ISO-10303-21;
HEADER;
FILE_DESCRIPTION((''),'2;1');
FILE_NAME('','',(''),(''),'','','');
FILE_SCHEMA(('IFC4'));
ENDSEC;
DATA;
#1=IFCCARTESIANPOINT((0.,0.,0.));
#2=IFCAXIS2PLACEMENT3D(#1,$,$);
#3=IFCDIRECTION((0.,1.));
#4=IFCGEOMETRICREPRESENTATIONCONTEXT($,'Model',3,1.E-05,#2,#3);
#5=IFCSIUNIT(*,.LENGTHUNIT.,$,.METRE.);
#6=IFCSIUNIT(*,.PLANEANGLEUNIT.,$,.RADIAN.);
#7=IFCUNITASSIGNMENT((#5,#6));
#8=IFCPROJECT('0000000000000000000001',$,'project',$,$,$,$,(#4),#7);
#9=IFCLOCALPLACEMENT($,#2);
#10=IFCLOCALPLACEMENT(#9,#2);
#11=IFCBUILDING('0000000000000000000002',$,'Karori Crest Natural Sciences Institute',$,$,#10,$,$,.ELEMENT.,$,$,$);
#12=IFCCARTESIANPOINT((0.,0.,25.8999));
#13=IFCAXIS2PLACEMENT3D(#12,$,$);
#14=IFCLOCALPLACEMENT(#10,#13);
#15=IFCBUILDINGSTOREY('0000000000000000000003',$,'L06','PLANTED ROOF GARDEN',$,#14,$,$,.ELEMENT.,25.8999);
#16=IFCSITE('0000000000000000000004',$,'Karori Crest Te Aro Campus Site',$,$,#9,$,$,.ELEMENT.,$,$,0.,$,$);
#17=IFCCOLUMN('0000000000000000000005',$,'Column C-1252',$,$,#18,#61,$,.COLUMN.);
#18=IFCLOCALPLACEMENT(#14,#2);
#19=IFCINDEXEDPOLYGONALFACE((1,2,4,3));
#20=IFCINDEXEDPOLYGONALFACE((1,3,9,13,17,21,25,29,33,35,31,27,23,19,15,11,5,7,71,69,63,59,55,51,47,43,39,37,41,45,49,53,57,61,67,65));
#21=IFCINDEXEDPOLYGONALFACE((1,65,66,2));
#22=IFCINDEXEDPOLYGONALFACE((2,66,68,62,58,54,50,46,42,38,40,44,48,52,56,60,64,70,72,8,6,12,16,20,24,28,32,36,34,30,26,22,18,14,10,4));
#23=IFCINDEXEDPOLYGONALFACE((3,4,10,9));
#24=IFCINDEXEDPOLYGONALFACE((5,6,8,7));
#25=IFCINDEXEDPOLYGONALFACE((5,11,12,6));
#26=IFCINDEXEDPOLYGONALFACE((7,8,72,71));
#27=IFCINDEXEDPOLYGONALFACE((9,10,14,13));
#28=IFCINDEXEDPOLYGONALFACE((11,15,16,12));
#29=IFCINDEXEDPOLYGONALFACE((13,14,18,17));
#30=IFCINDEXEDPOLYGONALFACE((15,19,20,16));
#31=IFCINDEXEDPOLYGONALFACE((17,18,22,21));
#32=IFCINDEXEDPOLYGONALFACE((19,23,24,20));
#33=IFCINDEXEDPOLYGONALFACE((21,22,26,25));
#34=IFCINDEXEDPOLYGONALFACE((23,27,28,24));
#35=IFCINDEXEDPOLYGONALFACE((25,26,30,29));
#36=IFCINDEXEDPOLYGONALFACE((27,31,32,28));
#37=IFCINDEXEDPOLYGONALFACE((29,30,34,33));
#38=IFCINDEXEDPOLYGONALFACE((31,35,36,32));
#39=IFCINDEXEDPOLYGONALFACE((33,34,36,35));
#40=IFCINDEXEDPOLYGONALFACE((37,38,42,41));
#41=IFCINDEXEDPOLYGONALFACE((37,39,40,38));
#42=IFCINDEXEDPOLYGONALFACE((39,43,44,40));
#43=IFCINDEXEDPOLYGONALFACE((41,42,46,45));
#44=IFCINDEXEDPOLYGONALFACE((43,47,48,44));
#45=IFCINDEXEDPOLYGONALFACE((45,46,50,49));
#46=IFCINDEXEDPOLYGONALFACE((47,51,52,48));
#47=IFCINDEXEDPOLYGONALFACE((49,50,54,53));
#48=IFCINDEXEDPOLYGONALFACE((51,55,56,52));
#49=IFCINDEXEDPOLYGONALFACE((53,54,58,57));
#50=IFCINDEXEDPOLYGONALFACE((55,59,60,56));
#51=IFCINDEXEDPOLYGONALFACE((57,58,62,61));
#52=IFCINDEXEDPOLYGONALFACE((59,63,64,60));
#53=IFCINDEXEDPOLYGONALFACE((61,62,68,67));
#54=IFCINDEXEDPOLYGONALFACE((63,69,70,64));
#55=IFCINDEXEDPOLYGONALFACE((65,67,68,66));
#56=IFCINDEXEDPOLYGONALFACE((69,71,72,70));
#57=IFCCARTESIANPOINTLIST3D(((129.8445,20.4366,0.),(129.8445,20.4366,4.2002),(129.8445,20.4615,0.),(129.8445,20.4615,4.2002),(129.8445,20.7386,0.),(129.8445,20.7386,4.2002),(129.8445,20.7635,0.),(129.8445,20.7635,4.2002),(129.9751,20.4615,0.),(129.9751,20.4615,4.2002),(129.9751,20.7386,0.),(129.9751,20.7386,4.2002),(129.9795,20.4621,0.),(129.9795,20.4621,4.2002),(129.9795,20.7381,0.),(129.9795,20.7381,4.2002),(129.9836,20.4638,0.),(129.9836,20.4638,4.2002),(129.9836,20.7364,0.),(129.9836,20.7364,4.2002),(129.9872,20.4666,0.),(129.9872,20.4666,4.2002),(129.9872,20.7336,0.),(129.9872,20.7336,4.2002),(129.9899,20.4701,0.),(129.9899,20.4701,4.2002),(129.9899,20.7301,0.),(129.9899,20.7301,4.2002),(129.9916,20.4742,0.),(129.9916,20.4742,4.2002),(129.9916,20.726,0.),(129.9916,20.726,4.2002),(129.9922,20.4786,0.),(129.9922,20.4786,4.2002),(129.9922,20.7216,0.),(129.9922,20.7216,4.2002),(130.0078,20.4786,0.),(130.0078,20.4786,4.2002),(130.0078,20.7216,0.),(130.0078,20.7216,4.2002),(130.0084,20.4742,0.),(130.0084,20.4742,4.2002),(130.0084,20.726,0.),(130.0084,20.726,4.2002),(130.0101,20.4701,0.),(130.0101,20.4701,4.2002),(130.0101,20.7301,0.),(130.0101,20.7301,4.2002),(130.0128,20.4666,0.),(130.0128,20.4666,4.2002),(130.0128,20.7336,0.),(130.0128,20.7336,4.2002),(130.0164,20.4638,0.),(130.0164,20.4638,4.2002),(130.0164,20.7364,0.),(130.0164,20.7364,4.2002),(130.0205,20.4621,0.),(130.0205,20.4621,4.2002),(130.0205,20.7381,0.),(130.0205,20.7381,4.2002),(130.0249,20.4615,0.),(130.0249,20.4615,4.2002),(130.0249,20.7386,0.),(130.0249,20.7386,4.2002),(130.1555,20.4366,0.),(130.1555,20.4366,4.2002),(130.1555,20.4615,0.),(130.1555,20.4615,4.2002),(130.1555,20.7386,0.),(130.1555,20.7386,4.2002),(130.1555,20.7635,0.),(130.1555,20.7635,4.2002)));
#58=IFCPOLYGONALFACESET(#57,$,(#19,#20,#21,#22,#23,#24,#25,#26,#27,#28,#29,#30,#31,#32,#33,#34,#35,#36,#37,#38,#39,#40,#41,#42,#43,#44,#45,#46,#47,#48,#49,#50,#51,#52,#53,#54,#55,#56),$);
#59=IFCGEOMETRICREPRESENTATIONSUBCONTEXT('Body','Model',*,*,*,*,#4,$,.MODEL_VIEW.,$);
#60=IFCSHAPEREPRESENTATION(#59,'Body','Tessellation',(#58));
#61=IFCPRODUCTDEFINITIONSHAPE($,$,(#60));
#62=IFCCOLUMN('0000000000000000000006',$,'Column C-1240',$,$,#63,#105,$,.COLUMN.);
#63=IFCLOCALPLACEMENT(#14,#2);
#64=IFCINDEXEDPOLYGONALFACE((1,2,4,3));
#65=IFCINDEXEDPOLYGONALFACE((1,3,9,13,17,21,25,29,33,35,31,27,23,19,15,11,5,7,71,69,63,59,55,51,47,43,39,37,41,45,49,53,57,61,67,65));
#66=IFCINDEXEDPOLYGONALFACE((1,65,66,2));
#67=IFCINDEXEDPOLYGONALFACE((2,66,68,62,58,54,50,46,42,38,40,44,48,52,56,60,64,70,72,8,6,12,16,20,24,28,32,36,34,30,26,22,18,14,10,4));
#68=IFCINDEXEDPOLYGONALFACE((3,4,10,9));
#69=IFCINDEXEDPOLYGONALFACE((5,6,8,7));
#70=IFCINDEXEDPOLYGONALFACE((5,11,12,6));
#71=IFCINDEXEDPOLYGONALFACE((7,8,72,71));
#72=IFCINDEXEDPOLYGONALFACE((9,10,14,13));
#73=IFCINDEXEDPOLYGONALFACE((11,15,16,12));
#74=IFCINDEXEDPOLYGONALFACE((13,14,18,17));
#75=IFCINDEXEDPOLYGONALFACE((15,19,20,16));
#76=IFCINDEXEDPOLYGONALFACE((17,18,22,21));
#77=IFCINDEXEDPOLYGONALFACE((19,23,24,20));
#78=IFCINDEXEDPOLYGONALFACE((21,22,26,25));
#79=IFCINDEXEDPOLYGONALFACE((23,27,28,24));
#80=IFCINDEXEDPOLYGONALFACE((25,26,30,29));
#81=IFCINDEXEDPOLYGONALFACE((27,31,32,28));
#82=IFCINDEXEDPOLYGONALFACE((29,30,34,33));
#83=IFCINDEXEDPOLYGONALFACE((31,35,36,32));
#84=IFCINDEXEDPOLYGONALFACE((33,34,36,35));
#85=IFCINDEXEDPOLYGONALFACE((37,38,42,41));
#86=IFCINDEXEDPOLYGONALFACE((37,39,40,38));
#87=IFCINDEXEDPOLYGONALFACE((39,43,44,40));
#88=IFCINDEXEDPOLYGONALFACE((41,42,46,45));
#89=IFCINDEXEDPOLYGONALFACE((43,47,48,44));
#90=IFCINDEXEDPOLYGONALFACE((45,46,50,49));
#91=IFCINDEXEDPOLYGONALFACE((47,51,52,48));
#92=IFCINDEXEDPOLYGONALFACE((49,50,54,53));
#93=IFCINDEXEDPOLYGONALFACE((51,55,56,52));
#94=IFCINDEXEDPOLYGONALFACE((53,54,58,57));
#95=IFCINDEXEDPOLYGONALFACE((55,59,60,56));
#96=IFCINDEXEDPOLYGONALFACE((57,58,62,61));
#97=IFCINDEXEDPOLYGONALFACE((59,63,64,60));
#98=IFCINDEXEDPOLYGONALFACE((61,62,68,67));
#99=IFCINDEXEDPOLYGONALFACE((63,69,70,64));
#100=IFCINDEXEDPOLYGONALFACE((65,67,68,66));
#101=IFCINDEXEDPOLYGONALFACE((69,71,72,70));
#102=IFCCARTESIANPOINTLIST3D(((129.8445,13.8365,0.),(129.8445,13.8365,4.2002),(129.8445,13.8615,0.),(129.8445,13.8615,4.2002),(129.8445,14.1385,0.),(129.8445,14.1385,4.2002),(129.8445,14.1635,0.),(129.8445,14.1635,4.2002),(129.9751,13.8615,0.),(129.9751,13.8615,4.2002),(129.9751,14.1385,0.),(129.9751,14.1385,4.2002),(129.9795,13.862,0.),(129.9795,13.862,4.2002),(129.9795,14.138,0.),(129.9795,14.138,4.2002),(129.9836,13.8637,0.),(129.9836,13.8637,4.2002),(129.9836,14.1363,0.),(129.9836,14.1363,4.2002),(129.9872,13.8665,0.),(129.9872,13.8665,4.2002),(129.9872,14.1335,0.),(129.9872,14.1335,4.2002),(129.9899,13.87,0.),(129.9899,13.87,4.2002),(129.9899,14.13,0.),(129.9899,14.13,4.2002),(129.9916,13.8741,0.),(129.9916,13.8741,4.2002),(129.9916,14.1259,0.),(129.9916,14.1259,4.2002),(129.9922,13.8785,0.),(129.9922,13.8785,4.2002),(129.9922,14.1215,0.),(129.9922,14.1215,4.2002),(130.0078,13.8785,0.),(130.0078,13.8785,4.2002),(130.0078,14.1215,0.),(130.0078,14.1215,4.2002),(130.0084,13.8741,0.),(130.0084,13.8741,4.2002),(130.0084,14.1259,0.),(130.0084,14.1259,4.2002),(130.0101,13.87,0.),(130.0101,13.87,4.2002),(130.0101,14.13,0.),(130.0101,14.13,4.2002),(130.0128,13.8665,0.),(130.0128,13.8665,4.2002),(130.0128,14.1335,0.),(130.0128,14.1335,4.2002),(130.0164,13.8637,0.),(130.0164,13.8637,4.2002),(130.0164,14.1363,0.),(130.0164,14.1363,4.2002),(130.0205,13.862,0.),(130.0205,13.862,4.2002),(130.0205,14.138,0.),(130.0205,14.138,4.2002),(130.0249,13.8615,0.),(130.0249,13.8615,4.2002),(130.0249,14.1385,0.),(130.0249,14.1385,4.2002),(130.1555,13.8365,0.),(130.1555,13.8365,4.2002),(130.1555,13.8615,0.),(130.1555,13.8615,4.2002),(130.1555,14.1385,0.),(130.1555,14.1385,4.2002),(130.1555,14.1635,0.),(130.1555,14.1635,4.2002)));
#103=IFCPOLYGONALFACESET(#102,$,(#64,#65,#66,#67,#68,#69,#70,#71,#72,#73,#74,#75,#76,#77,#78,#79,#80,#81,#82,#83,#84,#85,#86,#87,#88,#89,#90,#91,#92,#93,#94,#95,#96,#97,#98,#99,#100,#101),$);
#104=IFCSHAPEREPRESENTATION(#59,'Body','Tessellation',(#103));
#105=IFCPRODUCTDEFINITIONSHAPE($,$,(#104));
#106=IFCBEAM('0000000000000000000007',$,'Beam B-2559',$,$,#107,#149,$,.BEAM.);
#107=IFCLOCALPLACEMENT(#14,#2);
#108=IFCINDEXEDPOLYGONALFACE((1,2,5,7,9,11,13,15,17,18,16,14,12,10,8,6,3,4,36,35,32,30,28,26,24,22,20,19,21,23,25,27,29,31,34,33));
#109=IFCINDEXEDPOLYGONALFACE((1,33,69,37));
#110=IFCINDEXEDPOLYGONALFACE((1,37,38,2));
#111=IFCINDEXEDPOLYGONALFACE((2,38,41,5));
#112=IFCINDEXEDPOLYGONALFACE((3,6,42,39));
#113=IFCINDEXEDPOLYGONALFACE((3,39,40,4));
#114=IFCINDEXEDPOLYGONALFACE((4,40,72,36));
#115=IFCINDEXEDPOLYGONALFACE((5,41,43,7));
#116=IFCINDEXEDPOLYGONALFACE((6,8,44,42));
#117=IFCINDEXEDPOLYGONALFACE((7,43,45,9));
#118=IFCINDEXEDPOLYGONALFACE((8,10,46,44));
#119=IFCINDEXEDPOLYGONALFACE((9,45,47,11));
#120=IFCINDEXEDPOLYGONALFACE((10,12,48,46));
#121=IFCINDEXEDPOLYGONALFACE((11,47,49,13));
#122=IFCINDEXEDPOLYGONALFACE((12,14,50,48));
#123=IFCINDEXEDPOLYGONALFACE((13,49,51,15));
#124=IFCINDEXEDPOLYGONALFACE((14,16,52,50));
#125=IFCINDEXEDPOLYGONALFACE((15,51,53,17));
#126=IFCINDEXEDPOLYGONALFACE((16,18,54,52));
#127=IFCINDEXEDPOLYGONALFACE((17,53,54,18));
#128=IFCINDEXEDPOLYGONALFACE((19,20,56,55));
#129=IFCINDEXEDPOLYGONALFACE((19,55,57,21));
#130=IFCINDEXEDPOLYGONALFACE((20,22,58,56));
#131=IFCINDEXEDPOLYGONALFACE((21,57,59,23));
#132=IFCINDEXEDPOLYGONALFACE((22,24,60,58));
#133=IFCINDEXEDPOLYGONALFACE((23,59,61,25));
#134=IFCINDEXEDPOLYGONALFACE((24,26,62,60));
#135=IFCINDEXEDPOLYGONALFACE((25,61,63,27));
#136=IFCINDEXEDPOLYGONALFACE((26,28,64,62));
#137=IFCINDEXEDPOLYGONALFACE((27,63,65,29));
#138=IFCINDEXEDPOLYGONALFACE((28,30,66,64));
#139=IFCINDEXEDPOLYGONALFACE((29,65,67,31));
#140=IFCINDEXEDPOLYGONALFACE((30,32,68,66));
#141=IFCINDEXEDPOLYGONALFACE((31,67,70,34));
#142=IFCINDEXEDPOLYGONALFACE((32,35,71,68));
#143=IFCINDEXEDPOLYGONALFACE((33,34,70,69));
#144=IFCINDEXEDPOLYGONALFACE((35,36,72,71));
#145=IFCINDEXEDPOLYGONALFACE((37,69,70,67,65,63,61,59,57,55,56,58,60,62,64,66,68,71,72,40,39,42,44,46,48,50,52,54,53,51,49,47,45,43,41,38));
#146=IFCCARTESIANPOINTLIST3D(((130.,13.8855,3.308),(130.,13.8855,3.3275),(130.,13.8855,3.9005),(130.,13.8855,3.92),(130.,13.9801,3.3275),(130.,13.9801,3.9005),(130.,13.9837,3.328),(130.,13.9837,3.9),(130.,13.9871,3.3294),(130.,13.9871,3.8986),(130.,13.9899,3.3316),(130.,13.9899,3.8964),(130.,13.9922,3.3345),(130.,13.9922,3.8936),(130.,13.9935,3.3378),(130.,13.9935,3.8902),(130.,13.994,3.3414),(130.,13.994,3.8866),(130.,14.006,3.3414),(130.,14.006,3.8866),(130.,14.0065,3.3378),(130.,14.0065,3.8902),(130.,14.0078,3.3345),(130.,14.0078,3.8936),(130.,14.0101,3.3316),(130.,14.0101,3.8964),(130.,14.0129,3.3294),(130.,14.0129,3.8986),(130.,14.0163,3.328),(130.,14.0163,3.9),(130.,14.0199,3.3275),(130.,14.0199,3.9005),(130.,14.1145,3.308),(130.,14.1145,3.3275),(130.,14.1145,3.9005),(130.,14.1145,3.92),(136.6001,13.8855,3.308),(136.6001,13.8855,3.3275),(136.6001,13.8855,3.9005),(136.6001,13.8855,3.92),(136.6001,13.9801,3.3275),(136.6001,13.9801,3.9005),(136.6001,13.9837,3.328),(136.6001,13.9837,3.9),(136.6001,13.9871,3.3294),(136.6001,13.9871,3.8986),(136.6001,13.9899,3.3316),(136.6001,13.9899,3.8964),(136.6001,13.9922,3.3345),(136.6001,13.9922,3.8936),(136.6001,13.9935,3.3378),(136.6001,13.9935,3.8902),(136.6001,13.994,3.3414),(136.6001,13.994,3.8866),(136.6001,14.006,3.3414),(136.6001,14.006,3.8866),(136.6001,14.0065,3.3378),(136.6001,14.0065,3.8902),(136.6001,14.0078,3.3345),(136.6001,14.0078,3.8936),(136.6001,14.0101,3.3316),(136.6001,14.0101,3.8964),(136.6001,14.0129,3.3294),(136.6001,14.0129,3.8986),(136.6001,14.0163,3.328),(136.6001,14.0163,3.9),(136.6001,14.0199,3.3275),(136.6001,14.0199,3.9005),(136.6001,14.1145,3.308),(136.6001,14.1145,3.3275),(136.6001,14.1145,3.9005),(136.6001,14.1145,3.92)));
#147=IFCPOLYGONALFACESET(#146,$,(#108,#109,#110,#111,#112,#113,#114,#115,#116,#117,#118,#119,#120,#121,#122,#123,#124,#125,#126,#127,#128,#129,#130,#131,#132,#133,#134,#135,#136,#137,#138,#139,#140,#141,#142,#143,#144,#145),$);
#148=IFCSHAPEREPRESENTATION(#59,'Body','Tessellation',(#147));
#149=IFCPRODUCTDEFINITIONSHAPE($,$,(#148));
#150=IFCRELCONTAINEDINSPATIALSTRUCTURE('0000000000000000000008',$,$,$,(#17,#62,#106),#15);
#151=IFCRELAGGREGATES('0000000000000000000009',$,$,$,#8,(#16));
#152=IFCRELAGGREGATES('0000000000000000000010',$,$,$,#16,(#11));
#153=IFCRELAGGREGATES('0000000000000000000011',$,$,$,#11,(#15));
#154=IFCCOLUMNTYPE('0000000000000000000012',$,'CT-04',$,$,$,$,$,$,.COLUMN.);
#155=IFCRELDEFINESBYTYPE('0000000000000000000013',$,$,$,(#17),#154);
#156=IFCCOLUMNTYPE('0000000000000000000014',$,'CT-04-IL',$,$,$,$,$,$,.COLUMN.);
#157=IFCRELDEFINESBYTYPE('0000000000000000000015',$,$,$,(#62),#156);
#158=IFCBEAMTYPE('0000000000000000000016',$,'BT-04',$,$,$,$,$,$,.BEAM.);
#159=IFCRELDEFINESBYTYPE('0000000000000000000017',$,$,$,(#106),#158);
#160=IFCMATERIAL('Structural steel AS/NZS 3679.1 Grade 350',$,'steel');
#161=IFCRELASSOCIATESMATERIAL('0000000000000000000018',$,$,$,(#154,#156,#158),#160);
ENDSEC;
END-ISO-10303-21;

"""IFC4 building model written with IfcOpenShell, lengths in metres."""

from ifc_helpers import new_model, si_unit, direction, frame, origin, origin_2d, place, context, subcontext, project, spatial, i_section, extrude, material, material_profile, profile_set, type_object, element, save


model = new_model("IFC4")

# Units and contexts
model_context = context("Model", 3, precision=1e-05, world=origin(), true_north=direction((0.0, 1.0)))
body_context = subcontext(model_context, "Body", "Model", "MODEL_VIEW")
ifc_project = project(units=[si_unit("LENGTHUNIT", "METRE"), si_unit("PLANEANGLEUNIT", "RADIAN")], contexts=[model_context])

# Site, building, storey
site_placement = place(None, origin())
site = spatial("IfcSite", under=ifc_project, at=site_placement, Name="Karori Crest Te Aro Campus Site", CompositionType="ELEMENT", RefElevation=0.0)
building_placement = place(site_placement, origin())
building = spatial("IfcBuilding", under=site, at=building_placement, Name="Karori Crest Natural Sciences Institute", CompositionType="ELEMENT")
storey_placement = place(building_placement, frame((0.0, 0.0, 25.8999)))
storey = spatial("IfcBuildingStorey", under=building, at=storey_placement, Name="L06", Description="PLANTED ROOF GARDEN", CompositionType="ELEMENT", Elevation=25.8999)

# Columns
ifc_material_1 = material(Name="Structural steel AS/NZS 3679.1 Grade 350", Category="steel")
ifc_material_profile_1 = material_profile(ifc_material_1, i_section(OverallWidth=0.311, OverallDepth=0.3269, WebThickness=0.0156, FlangeThickness=0.0249, FilletRadius=0.0171, at=origin_2d()), Name="310UC158")
ifc_profile_set_1 = profile_set([ifc_material_profile_1], Name="Structural steel AS/NZS 3679.1 Grade 350")
column_type_1 = type_object("IfcColumnType", Name="CT-04", PredefinedType="COLUMN", material=ifc_profile_set_1)
column_1_placement = place(storey_placement, frame((130.0, 20.6001, 0.0), z_axis=(0.0, 0.0, 1.0), x_axis=(1.0, 0.0, 0.0)))
element("IfcColumn", 1, at=column_1_placement, inside=storey, type_object=column_type_1, Name="Column C-1252", PredefinedType="COLUMN", context=body_context, shape_type="SweptSolid", body=[
    extrude(i_section(OverallWidth=0.311, OverallDepth=0.3269, WebThickness=0.0156, FlangeThickness=0.0249, FilletRadius=0.0171, at=origin_2d()), origin(), (0.0, 0.0, 1.0), 4.2002),
])
ifc_material_profile_2 = material_profile(ifc_material_1, i_section(OverallWidth=0.311, OverallDepth=0.3269, WebThickness=0.0156, FlangeThickness=0.0249, FilletRadius=0.0171, at=origin_2d()), Name="310UC158")
ifc_profile_set_2 = profile_set([ifc_material_profile_2], Name="Structural steel AS/NZS 3679.1 Grade 350")
column_type_2 = type_object("IfcColumnType", Name="CT-04-IL", PredefinedType="COLUMN", material=ifc_profile_set_2)
column_2_placement = place(storey_placement, frame((130.0, 14.0, 0.0), z_axis=(0.0, 0.0, 1.0), x_axis=(1.0, 0.0, 0.0)))
element("IfcColumn", 2, at=column_2_placement, inside=storey, type_object=column_type_2, Name="Column C-1240", PredefinedType="COLUMN", context=body_context, shape_type="SweptSolid", body=[
    extrude(i_section(OverallWidth=0.311, OverallDepth=0.3269, WebThickness=0.0156, FlangeThickness=0.0249, FilletRadius=0.0171, at=origin_2d()), origin(), (0.0, 0.0, 1.0), 4.2002),
])

# Beam
ifc_material_profile_3 = material_profile(ifc_material_1, i_section(OverallWidth=0.229, OverallDepth=0.6121, WebThickness=0.012, FlangeThickness=0.0195, FilletRadius=0.0139, at=origin_2d()), Name="610UB125")
ifc_profile_set_3 = profile_set([ifc_material_profile_3], Name="Structural steel AS/NZS 3679.1 Grade 350")
beam_type_1 = type_object("IfcBeamType", Name="BT-04", PredefinedType="BEAM", material=ifc_profile_set_3)
beam_1_placement = place(storey_placement, frame((130.0, 14.0, 3.614), z_axis=(1.0, 0.0, 0.0), x_axis=(0.0, 1.0, 0.0)))
element("IfcBeam", 3, at=beam_1_placement, inside=storey, type_object=beam_type_1, Name="Beam B-2559", PredefinedType="BEAM", context=body_context, shape_type="SweptSolid", body=[
    extrude(i_section(OverallWidth=0.229, OverallDepth=0.6121, WebThickness=0.012, FlangeThickness=0.0195, FilletRadius=0.0139, at=origin_2d()), origin(), (0.0, 0.0, 1.0), 6.6001),
])

save(model, "model.ifc")
